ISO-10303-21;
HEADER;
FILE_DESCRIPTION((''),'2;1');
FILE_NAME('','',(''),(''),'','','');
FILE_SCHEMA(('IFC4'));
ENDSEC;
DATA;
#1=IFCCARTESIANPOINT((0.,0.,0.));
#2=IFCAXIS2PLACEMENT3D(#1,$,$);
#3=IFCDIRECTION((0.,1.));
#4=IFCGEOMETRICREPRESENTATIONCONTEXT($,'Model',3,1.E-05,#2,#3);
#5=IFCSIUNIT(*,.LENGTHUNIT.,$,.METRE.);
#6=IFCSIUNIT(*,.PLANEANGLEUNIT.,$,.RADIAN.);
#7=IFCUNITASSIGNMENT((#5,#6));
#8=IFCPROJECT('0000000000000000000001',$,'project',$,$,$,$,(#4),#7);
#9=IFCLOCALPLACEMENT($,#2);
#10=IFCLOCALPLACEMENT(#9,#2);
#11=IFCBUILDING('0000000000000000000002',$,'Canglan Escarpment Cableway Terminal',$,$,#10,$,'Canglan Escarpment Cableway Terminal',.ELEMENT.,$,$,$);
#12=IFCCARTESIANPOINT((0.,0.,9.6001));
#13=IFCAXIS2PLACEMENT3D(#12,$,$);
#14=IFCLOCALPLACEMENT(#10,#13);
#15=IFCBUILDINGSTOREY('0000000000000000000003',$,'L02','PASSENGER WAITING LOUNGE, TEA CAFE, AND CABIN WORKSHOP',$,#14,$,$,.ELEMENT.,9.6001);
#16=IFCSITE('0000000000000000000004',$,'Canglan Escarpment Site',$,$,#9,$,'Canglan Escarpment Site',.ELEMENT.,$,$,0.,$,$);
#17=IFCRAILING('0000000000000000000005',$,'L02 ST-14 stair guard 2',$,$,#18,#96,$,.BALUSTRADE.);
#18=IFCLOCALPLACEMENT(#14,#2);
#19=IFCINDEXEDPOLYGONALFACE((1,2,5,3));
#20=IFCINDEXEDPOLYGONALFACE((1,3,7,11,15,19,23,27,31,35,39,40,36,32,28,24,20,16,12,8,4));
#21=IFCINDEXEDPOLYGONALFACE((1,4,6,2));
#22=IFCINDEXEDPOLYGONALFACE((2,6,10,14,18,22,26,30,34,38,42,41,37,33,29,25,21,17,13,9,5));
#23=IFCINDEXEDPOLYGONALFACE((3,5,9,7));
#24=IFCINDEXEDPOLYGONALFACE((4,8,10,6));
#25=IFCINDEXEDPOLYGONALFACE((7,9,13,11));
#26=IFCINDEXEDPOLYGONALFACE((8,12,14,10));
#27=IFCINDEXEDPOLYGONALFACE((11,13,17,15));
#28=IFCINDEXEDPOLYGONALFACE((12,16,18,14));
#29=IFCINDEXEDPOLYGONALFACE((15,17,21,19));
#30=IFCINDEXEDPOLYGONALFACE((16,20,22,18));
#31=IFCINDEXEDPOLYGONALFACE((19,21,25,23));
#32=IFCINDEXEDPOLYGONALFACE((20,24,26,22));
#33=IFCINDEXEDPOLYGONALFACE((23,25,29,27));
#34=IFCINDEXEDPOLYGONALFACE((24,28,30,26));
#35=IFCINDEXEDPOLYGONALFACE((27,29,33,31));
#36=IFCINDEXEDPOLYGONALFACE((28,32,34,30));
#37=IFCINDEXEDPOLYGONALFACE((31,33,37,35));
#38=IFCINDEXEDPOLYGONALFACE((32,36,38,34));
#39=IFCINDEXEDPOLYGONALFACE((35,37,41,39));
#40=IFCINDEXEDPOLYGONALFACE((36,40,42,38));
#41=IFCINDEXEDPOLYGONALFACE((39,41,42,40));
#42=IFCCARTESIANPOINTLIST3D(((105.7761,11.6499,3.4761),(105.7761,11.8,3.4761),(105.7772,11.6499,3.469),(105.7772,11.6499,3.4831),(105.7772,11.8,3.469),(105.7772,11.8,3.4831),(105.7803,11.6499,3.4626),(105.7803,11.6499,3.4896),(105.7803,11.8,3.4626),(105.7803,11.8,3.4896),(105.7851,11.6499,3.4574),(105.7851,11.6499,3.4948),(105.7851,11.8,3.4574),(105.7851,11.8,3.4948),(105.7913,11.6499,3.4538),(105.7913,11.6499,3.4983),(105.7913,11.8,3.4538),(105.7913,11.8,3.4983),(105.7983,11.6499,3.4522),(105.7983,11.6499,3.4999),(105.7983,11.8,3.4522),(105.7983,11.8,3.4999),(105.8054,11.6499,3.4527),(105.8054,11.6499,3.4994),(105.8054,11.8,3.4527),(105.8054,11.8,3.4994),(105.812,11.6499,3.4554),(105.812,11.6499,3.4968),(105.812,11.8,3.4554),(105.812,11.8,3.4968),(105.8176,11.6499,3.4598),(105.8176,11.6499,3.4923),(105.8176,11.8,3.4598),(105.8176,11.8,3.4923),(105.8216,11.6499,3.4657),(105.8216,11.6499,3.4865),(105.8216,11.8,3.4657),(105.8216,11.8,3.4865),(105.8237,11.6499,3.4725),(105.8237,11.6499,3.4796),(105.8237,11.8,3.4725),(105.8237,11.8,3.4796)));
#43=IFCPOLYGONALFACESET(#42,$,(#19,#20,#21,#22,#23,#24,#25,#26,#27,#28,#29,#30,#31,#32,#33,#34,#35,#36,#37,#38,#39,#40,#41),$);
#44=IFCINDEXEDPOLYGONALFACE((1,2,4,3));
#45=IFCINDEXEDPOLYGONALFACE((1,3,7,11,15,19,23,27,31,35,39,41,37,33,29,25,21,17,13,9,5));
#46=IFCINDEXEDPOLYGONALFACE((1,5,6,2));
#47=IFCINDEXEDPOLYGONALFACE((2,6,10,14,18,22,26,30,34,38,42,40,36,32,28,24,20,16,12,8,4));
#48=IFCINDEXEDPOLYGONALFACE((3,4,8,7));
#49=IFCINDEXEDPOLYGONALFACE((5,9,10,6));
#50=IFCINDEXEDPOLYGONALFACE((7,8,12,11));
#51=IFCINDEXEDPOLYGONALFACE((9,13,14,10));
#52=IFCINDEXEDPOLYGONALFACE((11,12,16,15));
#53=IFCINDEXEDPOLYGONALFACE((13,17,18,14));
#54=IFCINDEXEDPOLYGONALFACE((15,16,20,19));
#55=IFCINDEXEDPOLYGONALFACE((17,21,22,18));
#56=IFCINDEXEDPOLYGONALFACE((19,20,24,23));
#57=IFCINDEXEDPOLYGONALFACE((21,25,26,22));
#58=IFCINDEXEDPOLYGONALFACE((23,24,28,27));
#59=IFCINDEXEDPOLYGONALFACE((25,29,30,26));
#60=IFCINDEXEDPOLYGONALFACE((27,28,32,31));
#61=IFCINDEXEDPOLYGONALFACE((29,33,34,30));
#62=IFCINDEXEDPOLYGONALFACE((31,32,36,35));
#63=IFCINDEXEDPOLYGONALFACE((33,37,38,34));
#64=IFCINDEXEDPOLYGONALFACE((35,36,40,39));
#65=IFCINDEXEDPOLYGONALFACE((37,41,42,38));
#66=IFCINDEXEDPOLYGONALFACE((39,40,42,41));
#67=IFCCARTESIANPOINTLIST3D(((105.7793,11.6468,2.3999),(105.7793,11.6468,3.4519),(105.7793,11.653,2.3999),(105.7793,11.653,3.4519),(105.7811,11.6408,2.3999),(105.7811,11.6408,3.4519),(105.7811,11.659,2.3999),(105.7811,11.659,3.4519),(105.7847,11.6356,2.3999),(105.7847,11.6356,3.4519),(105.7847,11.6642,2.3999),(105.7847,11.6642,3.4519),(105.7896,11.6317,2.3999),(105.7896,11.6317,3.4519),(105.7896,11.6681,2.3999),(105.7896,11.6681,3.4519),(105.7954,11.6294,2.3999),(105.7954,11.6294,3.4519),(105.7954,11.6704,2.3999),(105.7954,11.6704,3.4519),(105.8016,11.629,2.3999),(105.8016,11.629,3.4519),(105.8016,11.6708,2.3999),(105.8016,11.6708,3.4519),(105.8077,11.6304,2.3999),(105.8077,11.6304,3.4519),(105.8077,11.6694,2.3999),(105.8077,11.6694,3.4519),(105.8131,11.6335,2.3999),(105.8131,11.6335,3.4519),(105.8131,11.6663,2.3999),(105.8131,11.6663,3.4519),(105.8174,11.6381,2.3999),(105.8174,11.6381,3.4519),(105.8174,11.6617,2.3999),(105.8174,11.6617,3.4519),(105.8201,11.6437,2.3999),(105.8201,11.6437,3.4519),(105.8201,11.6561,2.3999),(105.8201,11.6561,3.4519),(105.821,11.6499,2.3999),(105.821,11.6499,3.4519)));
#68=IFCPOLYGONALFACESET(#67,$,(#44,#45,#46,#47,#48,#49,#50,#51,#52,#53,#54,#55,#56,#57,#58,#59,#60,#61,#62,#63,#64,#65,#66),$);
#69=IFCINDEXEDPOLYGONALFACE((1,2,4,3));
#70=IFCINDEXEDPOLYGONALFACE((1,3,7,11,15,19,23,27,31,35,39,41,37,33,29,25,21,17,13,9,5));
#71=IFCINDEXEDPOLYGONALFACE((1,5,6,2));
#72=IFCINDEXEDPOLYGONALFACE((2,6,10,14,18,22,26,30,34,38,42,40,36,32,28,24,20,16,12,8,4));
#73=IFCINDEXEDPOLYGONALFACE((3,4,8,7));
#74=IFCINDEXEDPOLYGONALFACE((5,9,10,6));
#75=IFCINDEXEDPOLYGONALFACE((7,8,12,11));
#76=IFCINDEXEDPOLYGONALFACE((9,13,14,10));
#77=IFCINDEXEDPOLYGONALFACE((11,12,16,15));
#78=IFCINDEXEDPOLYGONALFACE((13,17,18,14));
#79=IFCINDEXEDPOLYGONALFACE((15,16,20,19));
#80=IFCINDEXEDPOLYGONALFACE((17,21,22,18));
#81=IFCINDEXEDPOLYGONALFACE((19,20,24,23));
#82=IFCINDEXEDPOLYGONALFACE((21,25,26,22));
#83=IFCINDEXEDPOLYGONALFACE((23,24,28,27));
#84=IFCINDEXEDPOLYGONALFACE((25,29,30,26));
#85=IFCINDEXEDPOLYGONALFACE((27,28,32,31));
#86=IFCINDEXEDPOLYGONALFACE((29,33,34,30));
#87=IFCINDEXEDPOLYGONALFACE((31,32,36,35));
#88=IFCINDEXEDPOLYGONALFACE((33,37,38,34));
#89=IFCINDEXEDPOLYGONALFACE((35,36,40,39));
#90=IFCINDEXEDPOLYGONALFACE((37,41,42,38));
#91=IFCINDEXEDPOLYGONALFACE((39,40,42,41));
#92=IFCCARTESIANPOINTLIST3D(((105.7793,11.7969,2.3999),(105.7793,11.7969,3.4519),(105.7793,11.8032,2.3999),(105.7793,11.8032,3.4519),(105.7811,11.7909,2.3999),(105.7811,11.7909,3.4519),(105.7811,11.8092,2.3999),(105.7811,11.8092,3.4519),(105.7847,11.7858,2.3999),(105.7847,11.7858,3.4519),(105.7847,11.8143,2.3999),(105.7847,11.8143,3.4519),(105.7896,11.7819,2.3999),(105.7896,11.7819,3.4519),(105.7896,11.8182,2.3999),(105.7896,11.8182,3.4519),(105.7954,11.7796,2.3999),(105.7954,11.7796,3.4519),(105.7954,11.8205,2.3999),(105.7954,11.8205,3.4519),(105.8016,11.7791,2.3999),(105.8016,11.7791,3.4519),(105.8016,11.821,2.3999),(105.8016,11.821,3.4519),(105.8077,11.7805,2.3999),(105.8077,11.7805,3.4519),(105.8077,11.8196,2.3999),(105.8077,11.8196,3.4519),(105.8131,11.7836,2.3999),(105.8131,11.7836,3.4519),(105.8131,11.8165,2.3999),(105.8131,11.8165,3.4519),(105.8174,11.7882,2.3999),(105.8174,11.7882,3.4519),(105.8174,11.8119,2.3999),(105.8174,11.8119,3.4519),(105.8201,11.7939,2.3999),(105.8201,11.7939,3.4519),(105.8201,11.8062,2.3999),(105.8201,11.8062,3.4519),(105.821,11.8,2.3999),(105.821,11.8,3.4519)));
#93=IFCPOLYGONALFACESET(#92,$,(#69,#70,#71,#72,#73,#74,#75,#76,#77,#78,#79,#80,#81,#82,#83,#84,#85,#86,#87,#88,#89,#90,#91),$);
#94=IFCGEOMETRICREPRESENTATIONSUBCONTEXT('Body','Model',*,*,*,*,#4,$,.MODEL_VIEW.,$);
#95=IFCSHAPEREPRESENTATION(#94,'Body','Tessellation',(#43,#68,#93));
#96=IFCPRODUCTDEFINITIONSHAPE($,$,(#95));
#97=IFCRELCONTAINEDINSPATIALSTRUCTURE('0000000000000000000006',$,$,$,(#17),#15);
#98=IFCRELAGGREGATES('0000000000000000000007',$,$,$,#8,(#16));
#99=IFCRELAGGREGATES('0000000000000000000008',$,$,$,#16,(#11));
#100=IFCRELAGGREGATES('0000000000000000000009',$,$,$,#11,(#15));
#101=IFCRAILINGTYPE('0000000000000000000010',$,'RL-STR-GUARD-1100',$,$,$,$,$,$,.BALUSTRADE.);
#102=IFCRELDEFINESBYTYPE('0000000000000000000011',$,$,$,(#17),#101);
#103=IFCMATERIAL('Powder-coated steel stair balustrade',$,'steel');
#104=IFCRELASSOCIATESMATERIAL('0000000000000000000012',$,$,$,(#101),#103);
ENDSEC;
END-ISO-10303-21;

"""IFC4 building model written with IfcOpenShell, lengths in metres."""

from ifc_helpers import new_model, si_unit, direction, frame, origin, origin_2d, place, context, subcontext, project, spatial, circle, extrude, material, type_object, element, save


model = new_model("IFC4")

# Units and contexts
model_context = context("Model", 3, precision=1e-05, world=origin(), true_north=direction((0.0, 1.0)))
body_context = subcontext(model_context, "Body", "Model", "MODEL_VIEW")
ifc_project = project(units=[si_unit("LENGTHUNIT", "METRE"), si_unit("PLANEANGLEUNIT", "RADIAN")], contexts=[model_context])

# Site, building, storey
site_placement = place(None, origin())
site = spatial("IfcSite", under=ifc_project, at=site_placement, Name="Canglan Escarpment Site", LongName="Canglan Escarpment Site", CompositionType="ELEMENT", RefElevation=0.0)
building_placement = place(site_placement, origin())
building = spatial("IfcBuilding", under=site, at=building_placement, Name="Canglan Escarpment Cableway Terminal", LongName="Canglan Escarpment Cableway Terminal", CompositionType="ELEMENT")
storey_placement = place(building_placement, frame((0.0, 0.0, 9.6001)))
storey = spatial("IfcBuildingStorey", under=building, at=storey_placement, Name="L02", Description="PASSENGER WAITING LOUNGE, TEA CAFE, AND CABIN WORKSHOP", CompositionType="ELEMENT", Elevation=9.6001)

# Railing
ifc_material_1 = material(Name="Powder-coated steel stair balustrade", Category="steel")
railing_type_1 = type_object("IfcRailingType", Name="RL-STR-GUARD-1100", PredefinedType="BALUSTRADE", material=ifc_material_1)
railing_1_placement = place(storey_placement, frame((105.8, 11.6499, 2.3999)))
element("IfcRailing", 1, at=railing_1_placement, inside=storey, type_object=railing_type_1, Name="L02 ST-14 stair guard 2", PredefinedType="BALUSTRADE", context=body_context, shape_type="SweptSolid", body=[
    extrude(circle(Radius=0.0239, at=origin_2d()), frame((0.0, 0.0, 1.0762), z_axis=(0.0, 1.0, 0.0), x_axis=(-1.0, 0.0, 0.0)), (0.0, 0.0, 1.0), 0.1501),
    extrude(circle(Radius=0.021, at=origin_2d()), origin(), (0.0, 0.0, 1.0), 1.052),
    extrude(circle(Radius=0.021, at=origin_2d()), frame((0.0, 0.1501, 0.0)), (0.0, 0.0, 1.0), 1.052),
])

save(model, "model.ifc")
